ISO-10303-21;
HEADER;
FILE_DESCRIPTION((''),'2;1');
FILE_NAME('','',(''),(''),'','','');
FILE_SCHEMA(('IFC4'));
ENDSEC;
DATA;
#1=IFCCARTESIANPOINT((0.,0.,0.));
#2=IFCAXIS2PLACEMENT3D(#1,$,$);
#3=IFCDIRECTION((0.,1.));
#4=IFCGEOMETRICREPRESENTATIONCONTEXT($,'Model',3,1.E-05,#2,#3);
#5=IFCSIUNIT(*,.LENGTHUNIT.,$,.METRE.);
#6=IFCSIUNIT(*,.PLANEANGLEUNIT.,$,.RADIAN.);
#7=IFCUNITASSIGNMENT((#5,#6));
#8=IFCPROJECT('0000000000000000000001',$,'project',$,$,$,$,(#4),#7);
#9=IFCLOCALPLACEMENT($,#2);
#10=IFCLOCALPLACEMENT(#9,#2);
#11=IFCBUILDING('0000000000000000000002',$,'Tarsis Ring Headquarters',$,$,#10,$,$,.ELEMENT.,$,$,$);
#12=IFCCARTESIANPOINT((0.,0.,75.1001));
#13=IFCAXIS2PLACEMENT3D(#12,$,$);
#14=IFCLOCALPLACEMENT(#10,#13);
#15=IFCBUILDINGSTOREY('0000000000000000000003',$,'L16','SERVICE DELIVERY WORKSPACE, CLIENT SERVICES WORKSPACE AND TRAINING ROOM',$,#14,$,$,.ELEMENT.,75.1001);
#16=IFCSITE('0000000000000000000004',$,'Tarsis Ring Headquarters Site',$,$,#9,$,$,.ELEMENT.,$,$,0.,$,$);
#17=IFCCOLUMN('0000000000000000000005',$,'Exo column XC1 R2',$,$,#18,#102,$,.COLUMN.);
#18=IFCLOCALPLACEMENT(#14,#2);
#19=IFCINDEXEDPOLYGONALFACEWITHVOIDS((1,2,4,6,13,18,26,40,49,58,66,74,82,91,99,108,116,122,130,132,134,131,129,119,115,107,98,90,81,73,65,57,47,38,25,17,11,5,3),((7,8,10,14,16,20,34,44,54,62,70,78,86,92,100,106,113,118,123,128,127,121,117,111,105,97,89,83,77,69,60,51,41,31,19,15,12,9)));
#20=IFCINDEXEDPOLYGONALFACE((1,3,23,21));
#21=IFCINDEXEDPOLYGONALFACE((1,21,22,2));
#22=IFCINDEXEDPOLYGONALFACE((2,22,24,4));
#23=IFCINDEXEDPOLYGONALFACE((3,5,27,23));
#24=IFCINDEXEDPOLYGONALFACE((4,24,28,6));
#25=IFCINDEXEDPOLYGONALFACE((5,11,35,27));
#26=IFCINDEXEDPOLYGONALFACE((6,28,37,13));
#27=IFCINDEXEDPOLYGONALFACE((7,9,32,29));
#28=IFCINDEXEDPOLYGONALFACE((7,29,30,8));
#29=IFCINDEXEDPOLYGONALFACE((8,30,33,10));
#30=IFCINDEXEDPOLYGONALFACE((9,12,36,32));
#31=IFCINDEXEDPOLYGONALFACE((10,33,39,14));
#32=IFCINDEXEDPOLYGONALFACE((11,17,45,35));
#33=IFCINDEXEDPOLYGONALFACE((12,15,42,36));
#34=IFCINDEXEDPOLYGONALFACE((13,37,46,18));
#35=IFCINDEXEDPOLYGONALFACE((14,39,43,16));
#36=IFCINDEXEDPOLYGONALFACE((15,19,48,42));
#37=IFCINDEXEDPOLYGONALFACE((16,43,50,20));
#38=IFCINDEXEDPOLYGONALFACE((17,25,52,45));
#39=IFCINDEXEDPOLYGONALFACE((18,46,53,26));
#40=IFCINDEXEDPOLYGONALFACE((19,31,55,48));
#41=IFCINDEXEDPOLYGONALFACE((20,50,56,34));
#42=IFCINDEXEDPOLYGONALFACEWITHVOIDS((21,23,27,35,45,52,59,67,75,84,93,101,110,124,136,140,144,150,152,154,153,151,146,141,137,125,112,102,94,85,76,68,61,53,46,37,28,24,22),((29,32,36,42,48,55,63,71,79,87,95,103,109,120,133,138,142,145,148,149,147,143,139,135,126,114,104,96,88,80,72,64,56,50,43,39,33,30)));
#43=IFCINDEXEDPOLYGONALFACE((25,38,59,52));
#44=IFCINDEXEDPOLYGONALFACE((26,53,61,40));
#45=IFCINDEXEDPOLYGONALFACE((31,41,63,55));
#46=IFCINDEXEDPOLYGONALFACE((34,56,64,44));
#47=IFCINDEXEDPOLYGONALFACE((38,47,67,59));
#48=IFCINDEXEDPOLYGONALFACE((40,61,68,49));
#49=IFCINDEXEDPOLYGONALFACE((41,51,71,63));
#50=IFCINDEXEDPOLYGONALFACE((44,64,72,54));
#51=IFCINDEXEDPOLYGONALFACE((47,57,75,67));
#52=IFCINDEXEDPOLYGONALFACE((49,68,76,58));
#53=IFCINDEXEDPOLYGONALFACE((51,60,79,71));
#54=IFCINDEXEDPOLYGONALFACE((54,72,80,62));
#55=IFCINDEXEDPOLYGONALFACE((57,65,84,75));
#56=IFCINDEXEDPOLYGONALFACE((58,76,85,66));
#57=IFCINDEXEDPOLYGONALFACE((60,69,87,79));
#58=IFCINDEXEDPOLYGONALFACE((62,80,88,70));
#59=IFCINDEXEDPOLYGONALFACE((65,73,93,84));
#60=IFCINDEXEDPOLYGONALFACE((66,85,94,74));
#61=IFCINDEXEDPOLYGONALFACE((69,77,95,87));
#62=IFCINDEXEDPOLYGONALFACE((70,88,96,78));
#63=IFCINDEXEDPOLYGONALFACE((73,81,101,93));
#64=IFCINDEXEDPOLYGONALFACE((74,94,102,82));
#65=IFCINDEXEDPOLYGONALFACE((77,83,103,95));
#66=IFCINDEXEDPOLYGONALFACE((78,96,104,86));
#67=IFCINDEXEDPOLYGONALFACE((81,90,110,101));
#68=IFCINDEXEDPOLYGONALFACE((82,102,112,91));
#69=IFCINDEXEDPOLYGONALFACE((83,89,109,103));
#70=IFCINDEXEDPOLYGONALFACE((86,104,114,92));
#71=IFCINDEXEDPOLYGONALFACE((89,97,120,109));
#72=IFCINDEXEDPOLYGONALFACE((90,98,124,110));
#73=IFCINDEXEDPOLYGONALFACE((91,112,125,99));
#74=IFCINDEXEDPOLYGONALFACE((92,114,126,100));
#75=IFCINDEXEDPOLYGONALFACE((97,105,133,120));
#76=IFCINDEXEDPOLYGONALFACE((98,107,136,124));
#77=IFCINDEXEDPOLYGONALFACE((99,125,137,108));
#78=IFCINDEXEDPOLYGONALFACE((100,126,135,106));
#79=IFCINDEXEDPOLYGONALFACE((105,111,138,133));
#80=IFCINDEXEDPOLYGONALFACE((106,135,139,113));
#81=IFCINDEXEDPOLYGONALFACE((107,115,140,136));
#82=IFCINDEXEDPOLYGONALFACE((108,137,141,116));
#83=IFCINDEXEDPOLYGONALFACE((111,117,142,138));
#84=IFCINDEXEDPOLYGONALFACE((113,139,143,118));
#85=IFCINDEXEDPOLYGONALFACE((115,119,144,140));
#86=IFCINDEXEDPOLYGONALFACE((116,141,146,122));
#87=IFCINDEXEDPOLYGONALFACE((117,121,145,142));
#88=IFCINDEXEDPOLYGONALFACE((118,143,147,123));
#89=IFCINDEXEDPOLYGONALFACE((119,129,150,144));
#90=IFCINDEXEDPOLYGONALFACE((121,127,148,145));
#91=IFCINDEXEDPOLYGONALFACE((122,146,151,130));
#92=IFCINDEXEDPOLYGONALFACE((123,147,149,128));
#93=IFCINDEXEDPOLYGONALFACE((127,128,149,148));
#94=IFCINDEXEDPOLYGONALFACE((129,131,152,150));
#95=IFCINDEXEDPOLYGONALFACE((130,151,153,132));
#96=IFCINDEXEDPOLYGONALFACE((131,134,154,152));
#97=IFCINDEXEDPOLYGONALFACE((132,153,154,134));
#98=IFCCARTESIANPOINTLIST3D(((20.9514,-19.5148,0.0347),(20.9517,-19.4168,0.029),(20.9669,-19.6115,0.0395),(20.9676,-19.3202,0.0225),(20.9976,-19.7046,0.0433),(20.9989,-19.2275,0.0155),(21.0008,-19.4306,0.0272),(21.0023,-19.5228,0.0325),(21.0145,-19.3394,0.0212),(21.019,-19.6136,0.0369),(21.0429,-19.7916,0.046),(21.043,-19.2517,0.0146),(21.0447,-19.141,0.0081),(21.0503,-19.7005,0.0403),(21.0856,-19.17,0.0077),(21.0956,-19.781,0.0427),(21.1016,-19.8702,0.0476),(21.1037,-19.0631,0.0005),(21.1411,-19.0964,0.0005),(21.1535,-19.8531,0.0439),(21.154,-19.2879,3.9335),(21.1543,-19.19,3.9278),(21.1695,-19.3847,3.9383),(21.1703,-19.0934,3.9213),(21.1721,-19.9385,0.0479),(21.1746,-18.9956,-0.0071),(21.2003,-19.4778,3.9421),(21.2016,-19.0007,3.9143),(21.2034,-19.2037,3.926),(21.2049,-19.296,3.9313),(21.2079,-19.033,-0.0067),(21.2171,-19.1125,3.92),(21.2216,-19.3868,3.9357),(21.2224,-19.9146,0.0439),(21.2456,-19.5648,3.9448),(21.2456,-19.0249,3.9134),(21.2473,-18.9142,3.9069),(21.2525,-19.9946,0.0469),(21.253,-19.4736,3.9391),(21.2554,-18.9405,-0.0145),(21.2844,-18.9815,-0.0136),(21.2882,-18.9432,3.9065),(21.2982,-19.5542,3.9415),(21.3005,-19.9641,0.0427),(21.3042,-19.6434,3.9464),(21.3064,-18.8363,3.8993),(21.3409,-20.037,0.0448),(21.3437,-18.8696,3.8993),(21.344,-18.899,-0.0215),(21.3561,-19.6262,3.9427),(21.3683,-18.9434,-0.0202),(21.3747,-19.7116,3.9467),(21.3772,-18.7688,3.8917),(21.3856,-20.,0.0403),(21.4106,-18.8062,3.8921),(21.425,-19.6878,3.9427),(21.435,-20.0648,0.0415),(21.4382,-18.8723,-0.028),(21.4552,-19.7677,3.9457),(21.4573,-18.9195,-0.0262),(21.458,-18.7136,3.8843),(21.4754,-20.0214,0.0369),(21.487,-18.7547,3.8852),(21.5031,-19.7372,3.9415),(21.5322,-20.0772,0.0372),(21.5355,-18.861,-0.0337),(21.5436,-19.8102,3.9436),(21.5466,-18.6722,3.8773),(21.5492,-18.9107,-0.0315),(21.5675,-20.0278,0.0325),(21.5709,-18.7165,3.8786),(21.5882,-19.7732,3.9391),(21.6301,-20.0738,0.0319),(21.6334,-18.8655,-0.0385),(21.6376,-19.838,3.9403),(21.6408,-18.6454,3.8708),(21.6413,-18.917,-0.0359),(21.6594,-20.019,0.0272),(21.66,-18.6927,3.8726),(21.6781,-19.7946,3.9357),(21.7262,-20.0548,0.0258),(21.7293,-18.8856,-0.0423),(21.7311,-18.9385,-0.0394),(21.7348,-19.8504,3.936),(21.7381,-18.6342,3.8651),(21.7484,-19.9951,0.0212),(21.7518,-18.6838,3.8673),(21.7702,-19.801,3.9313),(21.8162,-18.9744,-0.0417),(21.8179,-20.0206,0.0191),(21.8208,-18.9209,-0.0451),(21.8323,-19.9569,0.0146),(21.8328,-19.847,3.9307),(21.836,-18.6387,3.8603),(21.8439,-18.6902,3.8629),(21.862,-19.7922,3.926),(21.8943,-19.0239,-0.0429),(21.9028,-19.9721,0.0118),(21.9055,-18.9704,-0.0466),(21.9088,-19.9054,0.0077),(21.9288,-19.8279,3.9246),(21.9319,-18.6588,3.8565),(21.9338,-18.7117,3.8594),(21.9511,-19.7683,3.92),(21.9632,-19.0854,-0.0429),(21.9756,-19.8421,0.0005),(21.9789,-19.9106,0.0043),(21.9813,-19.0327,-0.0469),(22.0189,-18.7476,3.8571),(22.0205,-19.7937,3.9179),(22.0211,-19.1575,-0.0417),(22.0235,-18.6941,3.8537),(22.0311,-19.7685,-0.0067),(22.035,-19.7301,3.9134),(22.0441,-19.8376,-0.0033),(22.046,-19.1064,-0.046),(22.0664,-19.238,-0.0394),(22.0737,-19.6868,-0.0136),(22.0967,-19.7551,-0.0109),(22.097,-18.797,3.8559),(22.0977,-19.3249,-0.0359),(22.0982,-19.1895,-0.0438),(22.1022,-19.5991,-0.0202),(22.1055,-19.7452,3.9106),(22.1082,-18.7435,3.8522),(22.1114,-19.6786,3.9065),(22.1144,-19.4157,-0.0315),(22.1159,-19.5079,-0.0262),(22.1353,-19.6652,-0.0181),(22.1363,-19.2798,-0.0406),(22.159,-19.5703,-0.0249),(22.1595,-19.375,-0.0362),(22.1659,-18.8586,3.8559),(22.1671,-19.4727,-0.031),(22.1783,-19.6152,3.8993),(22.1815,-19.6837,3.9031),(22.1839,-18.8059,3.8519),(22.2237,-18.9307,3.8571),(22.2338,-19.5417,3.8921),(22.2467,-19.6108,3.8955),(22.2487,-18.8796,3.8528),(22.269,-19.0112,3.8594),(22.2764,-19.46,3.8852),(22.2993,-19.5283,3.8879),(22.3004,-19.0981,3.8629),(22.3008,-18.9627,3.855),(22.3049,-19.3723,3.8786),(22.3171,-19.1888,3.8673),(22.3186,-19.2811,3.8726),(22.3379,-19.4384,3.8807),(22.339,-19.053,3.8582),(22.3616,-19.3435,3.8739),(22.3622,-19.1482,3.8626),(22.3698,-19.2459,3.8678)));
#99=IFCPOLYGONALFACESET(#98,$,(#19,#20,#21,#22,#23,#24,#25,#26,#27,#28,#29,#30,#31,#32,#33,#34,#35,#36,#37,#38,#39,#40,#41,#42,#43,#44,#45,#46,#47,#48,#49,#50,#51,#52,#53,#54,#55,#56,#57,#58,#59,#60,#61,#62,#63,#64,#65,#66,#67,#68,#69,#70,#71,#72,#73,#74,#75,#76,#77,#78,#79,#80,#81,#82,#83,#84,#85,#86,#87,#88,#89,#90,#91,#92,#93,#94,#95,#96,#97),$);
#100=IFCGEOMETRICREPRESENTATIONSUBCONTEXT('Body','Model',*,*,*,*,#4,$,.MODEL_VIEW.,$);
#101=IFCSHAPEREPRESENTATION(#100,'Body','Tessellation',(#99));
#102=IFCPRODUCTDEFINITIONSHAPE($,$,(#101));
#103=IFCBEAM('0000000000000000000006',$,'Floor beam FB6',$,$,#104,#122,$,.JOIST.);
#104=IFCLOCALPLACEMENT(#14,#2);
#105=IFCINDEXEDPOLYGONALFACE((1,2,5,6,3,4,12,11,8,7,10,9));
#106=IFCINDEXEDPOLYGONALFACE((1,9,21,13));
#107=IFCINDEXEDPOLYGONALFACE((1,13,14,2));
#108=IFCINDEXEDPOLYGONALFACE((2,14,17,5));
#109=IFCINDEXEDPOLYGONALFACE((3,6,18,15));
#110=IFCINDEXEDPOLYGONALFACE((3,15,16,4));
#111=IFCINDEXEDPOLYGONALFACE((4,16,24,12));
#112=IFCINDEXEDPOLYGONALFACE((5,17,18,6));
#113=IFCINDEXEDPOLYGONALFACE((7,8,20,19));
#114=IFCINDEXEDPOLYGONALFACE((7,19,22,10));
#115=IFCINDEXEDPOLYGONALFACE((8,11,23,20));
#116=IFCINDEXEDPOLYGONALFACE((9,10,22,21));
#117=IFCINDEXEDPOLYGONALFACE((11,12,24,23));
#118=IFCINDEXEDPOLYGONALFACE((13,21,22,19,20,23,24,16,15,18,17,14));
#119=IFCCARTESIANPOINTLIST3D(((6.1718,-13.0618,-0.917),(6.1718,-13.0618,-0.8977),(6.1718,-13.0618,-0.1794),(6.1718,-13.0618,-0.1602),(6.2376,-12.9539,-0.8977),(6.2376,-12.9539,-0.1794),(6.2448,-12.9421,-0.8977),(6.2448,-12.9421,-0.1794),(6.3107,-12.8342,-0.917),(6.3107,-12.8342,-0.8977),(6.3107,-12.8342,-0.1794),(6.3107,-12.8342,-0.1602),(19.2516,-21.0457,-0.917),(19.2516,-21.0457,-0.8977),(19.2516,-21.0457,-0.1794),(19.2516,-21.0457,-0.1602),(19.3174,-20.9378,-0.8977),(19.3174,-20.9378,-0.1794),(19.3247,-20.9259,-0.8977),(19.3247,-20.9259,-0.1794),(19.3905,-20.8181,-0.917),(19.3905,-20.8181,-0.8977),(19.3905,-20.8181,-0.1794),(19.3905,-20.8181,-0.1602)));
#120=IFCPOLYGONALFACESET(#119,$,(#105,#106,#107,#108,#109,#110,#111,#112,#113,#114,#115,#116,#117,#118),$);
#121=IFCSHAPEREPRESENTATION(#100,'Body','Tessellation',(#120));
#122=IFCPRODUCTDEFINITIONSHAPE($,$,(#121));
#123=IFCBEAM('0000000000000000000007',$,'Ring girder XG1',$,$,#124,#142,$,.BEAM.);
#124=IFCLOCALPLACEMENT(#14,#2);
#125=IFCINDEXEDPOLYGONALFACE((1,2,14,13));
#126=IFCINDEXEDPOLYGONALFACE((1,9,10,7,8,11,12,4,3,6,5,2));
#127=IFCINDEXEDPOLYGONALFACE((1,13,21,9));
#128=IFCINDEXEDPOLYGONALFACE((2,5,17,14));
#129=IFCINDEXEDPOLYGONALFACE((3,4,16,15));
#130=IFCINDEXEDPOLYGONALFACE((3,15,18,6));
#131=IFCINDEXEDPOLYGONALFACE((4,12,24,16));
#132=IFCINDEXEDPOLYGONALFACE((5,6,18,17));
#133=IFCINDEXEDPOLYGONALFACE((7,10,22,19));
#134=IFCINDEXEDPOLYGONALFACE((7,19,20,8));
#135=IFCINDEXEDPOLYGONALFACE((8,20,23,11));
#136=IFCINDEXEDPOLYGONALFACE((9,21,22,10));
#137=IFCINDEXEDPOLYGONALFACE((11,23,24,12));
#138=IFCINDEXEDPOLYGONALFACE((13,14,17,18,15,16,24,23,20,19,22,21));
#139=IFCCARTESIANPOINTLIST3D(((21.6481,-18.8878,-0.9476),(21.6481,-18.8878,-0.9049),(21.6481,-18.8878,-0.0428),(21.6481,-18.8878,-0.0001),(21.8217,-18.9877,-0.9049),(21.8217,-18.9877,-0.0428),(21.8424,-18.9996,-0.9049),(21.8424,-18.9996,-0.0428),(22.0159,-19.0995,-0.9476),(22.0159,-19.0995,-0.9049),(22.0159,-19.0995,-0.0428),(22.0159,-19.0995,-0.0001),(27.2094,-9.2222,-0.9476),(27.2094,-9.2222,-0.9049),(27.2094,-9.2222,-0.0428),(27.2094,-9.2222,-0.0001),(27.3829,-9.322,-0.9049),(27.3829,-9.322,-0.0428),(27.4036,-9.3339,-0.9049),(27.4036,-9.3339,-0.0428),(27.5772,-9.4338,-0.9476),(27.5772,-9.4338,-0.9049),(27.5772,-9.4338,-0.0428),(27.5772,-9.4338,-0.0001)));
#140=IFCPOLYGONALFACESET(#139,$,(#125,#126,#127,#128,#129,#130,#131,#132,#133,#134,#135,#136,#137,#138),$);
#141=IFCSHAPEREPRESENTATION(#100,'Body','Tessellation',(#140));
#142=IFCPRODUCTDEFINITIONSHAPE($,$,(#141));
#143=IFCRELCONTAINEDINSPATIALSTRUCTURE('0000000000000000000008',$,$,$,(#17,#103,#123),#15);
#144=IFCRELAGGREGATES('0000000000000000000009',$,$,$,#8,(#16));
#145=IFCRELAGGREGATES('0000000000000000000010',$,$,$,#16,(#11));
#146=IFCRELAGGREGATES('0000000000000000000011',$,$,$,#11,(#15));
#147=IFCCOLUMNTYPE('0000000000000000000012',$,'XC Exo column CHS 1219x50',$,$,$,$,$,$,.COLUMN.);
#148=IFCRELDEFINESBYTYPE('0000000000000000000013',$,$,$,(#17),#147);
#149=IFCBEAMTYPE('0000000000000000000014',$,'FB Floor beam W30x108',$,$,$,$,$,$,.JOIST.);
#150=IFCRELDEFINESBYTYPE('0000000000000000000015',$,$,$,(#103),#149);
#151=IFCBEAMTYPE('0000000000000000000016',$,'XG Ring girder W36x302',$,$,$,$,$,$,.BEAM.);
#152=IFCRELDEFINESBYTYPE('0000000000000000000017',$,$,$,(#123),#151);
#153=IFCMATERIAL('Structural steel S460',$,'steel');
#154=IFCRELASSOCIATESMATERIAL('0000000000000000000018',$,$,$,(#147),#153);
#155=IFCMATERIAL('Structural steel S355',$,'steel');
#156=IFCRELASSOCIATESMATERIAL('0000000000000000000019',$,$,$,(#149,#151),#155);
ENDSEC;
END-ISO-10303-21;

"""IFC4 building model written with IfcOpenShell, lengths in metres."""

from ifc_helpers import new_model, si_unit, direction, frame, origin, origin_2d, place, context, subcontext, project, spatial, hollow_circle, i_section, extrude, material, material_profile, profile_set, type_object, element, save


model = new_model("IFC4")

# Units and contexts
model_context = context("Model", 3, precision=1e-05, world=origin(), true_north=direction((0.0, 1.0)))
body_context = subcontext(model_context, "Body", "Model", "MODEL_VIEW")
ifc_project = project(units=[si_unit("LENGTHUNIT", "METRE"), si_unit("PLANEANGLEUNIT", "RADIAN")], contexts=[model_context])

# Site, building, storey
site_placement = place(None, origin())
site = spatial("IfcSite", under=ifc_project, at=site_placement, Name="Tarsis Ring Headquarters Site", CompositionType="ELEMENT", RefElevation=0.0)
building_placement = place(site_placement, origin())
building = spatial("IfcBuilding", under=site, at=building_placement, Name="Tarsis Ring Headquarters", CompositionType="ELEMENT")
storey_placement = place(building_placement, frame((0.0, 0.0, 75.1001)))
storey = spatial("IfcBuildingStorey", under=building, at=storey_placement, Name="L16", Description="SERVICE DELIVERY WORKSPACE, CLIENT SERVICES WORKSPACE AND TRAINING ROOM", CompositionType="ELEMENT", Elevation=75.1001)

# Column
ifc_material_1 = material(Name="Structural steel S460", Category="steel")
ifc_material_profile_1 = material_profile(ifc_material_1, hollow_circle(Radius=0.6096, WallThickness=0.05, at=origin_2d()), Name="CHS 1219x50")
ifc_profile_set_1 = profile_set([ifc_material_profile_1], Name="Structural steel S460")
column_type = type_object("IfcColumnType", Name="XC Exo column CHS 1219x50", PredefinedType="COLUMN", material=ifc_profile_set_1)
column_placement = place(storey_placement, frame((21.5583, -19.4692, 0.0005), z_axis=(0.051818, 0.057999, 0.996971), x_axis=(-0.745724, 0.666255, 0.0)))
element("IfcColumn", 1, at=column_placement, inside=storey, type_object=column_type, Name="Exo column XC1 R2", PredefinedType="COLUMN", context=body_context, shape_type="SweptSolid", body=[
    extrude(hollow_circle(Radius=0.6096, WallThickness=0.05, at=origin_2d()), origin(), (0.0, 0.0, 1.0), 3.9106),
])

# Beams
ifc_material_2 = material(Name="Structural steel S355", Category="steel")
ifc_material_profile_2 = material_profile(ifc_material_2, i_section(OverallWidth=0.2666, OverallDepth=0.7568, WebThickness=0.0139, FlangeThickness=0.0193, at=origin_2d()), Name="W30x108")
ifc_profile_set_2 = profile_set([ifc_material_profile_2], Name="Structural steel S355")
beam_type_1 = type_object("IfcBeamType", Name="FB Floor beam W30x108", PredefinedType="JOIST", material=ifc_profile_set_2)
beam_1_placement = place(storey_placement, frame((6.2412, -12.948, -0.5386), z_axis=(0.853553, -0.521006, 0.0), x_axis=(0.521006, 0.853553, 0.0)))
element("IfcBeam", 2, at=beam_1_placement, inside=storey, type_object=beam_type_1, Name="Floor beam FB6", PredefinedType="JOIST", context=body_context, shape_type="SweptSolid", body=[
    extrude(i_section(OverallWidth=0.2666, OverallDepth=0.7568, WebThickness=0.0139, FlangeThickness=0.0193, at=origin_2d()), origin(), (0.0, 0.0, 1.0), 15.324),
])
ifc_material_profile_3 = material_profile(ifc_material_2, i_section(OverallWidth=0.4243, OverallDepth=0.9475, WebThickness=0.0239, FlangeThickness=0.0427, at=origin_2d()), Name="W36x302")
ifc_profile_set_3 = profile_set([ifc_material_profile_3], Name="Structural steel S355")
beam_type_2 = type_object("IfcBeamType", Name="XG Ring girder W36x302", PredefinedType="BEAM", material=ifc_profile_set_3)
beam_2_placement = place(storey_placement, frame((21.832, -18.9937, -0.4739), z_axis=(0.498704, 0.866772, 0.0), x_axis=(-0.866772, 0.498704, 0.0)))
element("IfcBeam", 3, at=beam_2_placement, inside=storey, type_object=beam_type_2, Name="Ring girder XG1", PredefinedType="BEAM", context=body_context, shape_type="SweptSolid", body=[
    extrude(i_section(OverallWidth=0.4243, OverallDepth=0.9475, WebThickness=0.0239, FlangeThickness=0.0427, at=origin_2d()), origin(), (0.0, 0.0, 1.0), 11.1514),
])

save(model, "model.ifc")
